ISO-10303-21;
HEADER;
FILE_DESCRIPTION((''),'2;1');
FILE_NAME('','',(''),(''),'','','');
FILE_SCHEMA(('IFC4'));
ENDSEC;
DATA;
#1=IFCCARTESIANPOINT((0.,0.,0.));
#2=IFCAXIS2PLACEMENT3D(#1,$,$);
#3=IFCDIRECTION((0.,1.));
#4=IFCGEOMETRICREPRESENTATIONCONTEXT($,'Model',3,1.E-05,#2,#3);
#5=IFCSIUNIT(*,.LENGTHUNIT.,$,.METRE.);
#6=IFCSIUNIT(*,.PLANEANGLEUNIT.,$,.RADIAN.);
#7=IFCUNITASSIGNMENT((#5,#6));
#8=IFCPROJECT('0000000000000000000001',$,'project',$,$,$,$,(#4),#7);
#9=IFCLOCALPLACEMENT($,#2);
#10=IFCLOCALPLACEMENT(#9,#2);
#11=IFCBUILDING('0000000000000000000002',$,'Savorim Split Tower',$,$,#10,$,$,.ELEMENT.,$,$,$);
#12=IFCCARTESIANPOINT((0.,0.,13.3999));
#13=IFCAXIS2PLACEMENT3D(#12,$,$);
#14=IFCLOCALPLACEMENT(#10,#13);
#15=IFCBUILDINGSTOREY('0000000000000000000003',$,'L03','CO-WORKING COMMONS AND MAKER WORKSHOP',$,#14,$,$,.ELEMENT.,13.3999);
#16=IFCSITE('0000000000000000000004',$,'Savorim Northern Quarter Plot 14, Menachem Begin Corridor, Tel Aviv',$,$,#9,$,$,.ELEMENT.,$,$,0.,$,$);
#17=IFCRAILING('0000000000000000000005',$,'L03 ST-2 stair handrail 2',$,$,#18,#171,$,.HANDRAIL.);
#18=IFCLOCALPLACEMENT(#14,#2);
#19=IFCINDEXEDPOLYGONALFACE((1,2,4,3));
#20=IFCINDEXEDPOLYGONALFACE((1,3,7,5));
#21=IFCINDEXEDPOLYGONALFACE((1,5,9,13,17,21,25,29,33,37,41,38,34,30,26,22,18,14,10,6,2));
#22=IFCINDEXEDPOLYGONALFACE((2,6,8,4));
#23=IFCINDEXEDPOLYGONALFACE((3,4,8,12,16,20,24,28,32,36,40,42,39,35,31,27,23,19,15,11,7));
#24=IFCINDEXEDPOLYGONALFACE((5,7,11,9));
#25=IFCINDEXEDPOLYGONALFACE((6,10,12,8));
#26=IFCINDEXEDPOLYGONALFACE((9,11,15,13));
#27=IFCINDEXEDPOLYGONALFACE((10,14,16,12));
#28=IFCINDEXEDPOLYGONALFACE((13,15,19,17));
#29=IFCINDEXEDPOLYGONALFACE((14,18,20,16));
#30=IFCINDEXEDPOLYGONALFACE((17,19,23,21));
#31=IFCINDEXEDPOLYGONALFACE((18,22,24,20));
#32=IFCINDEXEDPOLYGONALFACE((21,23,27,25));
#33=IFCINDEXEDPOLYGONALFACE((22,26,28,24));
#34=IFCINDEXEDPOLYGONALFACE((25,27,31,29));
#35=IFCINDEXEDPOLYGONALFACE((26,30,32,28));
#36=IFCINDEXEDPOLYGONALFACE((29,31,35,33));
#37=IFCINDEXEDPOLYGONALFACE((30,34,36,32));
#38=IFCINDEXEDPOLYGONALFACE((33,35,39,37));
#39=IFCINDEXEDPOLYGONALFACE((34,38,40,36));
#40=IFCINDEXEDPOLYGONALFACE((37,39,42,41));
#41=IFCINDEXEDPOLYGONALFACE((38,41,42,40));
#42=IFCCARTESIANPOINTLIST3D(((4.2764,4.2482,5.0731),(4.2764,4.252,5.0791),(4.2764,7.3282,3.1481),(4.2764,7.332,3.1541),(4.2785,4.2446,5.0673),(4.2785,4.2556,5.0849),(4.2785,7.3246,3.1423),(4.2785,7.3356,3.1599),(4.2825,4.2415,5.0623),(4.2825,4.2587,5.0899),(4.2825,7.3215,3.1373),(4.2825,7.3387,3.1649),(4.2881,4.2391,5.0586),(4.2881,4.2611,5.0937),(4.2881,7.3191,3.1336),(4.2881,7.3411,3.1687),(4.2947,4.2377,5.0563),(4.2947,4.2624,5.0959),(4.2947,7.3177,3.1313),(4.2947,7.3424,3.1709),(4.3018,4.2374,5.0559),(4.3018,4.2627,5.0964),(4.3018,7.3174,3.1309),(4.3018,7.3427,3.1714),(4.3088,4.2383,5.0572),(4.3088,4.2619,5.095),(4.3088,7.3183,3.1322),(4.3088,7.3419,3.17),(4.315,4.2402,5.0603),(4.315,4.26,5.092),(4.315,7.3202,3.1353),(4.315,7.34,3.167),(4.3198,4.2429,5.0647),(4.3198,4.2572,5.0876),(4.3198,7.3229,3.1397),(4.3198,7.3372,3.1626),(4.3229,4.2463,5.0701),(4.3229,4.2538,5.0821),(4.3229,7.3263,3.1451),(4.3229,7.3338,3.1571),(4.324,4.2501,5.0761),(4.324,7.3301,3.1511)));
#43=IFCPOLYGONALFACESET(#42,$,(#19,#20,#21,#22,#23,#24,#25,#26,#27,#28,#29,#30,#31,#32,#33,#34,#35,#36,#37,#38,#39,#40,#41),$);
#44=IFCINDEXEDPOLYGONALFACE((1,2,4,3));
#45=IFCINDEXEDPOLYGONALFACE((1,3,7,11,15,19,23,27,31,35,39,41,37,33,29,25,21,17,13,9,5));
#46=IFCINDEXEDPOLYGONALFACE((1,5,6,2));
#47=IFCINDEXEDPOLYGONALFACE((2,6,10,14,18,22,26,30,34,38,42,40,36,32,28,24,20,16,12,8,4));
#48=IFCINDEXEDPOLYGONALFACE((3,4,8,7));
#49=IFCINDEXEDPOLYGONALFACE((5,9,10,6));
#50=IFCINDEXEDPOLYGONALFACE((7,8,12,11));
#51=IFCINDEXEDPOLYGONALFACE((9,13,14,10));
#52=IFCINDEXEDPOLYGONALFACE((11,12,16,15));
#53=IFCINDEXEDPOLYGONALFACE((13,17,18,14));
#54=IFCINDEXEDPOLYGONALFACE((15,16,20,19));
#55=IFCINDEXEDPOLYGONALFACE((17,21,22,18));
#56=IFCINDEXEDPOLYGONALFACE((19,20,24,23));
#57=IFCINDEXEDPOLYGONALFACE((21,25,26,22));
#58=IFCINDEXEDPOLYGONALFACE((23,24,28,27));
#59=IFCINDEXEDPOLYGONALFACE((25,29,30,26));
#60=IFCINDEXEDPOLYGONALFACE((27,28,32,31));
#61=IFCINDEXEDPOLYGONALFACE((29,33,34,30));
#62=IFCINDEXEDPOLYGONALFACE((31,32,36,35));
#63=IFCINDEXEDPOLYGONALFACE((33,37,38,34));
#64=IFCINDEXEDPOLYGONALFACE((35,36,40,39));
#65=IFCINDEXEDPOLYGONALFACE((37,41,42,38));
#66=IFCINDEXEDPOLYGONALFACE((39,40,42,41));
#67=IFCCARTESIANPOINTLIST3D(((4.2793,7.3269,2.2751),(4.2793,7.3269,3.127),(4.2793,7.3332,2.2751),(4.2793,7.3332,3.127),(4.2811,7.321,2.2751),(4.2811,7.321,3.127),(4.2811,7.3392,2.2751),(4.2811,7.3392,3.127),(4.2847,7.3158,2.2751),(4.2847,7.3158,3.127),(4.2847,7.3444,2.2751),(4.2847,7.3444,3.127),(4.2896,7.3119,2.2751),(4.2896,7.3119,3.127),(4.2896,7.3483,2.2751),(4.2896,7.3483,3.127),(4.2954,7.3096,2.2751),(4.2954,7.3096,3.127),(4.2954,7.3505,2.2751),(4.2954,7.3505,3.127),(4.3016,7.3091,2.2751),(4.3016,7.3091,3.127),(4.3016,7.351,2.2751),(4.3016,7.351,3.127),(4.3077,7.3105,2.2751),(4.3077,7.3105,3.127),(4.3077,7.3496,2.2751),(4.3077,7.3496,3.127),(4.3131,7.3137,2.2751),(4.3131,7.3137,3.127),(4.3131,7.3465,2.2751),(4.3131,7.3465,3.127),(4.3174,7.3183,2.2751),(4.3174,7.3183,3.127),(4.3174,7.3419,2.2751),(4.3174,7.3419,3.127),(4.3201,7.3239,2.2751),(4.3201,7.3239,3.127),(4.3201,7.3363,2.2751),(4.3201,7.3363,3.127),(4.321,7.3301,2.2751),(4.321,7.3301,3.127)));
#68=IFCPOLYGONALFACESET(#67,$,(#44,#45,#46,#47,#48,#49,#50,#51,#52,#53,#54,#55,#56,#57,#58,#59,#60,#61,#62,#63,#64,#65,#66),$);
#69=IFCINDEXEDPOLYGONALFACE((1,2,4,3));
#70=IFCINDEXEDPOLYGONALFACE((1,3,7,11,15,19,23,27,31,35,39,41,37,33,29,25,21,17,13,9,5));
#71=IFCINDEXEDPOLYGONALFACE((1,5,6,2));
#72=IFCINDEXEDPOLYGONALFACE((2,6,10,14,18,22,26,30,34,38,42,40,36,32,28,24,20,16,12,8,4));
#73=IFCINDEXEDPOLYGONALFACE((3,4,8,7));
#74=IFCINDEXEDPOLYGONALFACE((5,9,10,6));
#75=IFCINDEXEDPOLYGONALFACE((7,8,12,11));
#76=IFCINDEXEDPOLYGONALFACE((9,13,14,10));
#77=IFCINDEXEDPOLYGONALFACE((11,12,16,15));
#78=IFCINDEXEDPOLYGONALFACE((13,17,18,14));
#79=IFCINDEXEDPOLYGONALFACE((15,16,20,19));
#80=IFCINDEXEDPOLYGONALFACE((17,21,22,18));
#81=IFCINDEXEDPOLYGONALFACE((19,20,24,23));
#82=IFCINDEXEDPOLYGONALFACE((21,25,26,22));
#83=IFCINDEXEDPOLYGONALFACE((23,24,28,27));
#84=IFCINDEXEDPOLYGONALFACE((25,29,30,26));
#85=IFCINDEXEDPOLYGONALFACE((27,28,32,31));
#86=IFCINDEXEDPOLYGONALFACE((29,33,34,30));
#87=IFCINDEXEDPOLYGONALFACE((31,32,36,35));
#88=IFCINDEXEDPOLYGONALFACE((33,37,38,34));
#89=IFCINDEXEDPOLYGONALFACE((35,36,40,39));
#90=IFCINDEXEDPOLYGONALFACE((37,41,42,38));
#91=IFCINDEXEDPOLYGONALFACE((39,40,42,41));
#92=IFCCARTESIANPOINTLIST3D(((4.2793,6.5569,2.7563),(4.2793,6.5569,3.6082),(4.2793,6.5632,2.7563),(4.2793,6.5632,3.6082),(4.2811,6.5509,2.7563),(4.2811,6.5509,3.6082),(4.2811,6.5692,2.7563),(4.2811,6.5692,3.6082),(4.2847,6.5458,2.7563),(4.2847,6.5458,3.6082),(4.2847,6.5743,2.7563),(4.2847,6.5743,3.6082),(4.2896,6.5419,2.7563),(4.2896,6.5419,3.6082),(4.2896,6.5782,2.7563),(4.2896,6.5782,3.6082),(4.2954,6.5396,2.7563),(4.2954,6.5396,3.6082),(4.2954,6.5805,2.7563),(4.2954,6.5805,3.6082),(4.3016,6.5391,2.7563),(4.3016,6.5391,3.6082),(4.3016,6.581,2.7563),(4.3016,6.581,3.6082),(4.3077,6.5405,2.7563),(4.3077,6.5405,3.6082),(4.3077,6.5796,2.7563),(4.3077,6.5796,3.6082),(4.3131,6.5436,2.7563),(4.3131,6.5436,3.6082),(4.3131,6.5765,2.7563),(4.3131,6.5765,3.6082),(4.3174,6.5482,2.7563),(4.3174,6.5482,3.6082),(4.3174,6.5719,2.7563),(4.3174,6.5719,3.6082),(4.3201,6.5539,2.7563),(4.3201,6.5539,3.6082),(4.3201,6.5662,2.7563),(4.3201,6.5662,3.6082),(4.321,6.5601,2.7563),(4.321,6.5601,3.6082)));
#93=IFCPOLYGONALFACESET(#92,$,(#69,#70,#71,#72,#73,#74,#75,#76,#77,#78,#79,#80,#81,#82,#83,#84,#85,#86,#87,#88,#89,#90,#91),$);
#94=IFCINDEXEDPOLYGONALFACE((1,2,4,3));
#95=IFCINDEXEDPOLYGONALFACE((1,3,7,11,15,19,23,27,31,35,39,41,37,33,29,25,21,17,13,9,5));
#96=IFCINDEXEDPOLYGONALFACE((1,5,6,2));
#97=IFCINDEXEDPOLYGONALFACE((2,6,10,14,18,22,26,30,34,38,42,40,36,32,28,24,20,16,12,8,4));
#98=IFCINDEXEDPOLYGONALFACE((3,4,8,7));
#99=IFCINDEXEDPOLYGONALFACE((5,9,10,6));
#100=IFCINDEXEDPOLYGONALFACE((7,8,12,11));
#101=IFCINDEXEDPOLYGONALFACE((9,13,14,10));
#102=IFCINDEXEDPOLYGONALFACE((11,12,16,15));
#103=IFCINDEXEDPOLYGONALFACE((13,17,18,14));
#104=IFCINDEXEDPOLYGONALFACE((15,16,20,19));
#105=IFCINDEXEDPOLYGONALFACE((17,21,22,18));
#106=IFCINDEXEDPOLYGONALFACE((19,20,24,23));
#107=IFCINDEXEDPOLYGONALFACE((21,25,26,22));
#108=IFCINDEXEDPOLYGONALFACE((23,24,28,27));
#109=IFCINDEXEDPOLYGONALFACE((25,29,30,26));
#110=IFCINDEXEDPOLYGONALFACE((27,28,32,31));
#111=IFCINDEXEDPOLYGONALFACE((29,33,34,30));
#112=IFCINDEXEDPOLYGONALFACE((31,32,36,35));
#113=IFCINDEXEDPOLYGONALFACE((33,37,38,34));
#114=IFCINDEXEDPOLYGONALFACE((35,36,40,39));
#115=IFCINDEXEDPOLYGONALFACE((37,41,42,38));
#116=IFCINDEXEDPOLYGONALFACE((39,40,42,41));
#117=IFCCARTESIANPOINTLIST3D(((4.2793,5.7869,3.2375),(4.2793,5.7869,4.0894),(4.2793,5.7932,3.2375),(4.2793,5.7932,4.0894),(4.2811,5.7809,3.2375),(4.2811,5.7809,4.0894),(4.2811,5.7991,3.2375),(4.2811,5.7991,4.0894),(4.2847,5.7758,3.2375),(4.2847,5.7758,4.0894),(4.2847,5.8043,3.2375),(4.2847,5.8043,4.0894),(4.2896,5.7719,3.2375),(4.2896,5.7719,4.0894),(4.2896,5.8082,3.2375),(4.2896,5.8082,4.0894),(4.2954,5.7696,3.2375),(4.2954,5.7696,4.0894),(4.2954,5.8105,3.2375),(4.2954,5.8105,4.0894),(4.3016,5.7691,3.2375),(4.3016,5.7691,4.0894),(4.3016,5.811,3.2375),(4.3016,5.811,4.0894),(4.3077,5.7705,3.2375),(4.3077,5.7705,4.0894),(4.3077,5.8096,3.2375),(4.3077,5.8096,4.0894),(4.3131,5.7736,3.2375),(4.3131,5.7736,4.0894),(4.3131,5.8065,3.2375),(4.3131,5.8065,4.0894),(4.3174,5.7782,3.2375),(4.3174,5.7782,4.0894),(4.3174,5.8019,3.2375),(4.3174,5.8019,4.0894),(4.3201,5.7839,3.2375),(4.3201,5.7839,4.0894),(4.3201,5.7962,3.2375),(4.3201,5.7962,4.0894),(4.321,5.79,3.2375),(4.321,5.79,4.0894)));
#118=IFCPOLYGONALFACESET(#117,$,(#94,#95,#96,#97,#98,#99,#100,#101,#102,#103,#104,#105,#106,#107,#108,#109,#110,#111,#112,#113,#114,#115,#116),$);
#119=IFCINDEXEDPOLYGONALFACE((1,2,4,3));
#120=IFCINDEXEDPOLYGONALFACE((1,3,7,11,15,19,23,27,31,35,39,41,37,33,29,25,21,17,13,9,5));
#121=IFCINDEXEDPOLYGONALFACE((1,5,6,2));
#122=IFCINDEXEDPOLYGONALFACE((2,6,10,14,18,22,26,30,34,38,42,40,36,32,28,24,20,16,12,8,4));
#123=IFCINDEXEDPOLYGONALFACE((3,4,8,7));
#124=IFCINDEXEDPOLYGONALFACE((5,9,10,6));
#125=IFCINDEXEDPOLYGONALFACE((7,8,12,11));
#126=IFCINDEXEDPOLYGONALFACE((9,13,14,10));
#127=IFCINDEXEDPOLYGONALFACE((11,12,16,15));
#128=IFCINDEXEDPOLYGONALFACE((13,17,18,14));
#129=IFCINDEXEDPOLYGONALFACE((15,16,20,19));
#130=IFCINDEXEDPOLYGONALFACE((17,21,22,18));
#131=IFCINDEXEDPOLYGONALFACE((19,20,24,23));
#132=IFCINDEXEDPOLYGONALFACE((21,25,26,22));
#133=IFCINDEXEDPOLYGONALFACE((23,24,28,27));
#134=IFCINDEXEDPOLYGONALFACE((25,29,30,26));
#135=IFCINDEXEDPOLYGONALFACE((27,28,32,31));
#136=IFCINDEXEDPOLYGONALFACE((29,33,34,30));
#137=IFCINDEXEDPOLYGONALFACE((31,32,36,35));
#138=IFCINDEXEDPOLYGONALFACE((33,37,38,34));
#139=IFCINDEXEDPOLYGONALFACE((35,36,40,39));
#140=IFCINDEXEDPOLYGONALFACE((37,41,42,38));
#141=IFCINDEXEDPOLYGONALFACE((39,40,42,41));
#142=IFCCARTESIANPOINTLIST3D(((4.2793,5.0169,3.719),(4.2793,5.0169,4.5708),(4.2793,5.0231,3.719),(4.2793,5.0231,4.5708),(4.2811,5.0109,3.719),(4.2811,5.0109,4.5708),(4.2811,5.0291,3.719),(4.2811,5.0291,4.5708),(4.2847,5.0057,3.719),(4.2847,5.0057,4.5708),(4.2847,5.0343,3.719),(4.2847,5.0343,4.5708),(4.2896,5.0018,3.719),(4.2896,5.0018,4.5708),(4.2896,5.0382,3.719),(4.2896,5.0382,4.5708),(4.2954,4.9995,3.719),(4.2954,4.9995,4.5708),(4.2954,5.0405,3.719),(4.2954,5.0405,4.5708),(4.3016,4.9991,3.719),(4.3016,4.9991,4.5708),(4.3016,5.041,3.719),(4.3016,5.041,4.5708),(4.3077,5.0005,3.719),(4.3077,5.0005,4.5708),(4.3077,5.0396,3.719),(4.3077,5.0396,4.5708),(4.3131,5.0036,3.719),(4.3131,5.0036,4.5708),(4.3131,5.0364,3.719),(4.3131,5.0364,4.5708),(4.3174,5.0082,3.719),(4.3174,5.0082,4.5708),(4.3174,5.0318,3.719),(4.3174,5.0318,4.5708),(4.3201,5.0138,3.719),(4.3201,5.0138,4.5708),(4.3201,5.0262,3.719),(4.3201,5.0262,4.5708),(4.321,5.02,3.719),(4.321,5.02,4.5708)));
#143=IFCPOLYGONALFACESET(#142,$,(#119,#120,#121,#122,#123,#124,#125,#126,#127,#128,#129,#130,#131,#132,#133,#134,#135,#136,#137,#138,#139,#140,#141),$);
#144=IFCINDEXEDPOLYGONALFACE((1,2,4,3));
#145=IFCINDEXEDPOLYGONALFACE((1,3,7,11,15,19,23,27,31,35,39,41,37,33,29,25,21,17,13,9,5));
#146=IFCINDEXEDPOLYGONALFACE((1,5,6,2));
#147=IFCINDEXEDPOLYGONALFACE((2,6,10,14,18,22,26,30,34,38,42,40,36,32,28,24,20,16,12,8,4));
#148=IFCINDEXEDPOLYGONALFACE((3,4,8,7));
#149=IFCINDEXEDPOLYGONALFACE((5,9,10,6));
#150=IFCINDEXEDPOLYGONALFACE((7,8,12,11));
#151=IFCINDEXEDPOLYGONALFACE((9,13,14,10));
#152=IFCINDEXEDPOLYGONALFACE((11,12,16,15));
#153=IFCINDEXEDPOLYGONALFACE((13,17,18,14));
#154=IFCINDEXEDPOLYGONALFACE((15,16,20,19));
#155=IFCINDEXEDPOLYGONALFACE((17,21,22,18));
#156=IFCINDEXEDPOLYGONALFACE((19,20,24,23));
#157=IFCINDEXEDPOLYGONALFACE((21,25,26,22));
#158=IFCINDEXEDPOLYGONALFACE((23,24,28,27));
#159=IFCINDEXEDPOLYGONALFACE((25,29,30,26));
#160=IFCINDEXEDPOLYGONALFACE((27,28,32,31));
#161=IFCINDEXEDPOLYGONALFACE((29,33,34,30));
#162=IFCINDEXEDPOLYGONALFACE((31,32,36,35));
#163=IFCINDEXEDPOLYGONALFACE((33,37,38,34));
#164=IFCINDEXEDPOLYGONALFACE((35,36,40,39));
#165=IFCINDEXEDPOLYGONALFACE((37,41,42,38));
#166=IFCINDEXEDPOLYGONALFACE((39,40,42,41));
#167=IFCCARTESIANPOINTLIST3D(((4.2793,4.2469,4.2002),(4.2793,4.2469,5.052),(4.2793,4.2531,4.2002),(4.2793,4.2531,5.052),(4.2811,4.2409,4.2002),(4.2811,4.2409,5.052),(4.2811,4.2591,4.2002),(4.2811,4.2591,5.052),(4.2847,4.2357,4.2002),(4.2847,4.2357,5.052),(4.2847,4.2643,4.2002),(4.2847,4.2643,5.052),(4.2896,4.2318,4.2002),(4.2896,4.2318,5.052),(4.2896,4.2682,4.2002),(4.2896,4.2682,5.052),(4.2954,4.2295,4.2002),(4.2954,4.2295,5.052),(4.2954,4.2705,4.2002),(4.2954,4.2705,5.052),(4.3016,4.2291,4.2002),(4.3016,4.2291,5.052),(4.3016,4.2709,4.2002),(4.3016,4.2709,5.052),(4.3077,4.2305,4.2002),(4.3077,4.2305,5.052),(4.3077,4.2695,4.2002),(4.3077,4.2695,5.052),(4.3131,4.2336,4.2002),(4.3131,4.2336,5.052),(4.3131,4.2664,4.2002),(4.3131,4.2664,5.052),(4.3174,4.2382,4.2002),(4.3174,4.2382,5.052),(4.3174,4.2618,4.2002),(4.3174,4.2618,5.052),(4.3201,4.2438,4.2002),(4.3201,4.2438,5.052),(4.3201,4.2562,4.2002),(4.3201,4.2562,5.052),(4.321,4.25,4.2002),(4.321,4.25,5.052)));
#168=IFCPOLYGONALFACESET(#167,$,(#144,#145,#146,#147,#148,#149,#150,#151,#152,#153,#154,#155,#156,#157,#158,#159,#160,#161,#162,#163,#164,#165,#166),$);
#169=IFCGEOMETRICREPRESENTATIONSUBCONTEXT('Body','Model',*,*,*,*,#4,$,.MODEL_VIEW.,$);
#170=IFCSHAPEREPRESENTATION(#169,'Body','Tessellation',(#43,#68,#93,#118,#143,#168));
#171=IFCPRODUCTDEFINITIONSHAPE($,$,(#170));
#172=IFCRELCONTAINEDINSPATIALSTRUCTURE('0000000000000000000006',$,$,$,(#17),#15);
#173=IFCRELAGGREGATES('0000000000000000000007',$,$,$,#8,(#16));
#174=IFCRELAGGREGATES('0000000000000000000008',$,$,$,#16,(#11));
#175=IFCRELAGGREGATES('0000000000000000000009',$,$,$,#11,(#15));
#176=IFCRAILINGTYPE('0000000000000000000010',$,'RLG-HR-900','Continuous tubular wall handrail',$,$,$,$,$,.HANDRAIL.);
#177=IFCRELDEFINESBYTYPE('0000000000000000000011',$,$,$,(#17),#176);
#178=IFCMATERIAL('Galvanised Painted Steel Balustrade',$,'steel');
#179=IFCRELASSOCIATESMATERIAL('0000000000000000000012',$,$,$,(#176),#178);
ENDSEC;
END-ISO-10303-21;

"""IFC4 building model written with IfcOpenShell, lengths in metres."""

from ifc_helpers import new_model, si_unit, direction, frame, origin, origin_2d, place, context, subcontext, project, spatial, circle, extrude, material, type_object, element, save


model = new_model("IFC4")

# Units and contexts
model_context = context("Model", 3, precision=1e-05, world=origin(), true_north=direction((0.0, 1.0)))
body_context = subcontext(model_context, "Body", "Model", "MODEL_VIEW")
ifc_project = project(units=[si_unit("LENGTHUNIT", "METRE"), si_unit("PLANEANGLEUNIT", "RADIAN")], contexts=[model_context])

# Site, building, storey
site_placement = place(None, origin())
site = spatial("IfcSite", under=ifc_project, at=site_placement, Name="Savorim Northern Quarter Plot 14, Menachem Begin Corridor, Tel Aviv", CompositionType="ELEMENT", RefElevation=0.0)
building_placement = place(site_placement, origin())
building = spatial("IfcBuilding", under=site, at=building_placement, Name="Savorim Split Tower", CompositionType="ELEMENT")
storey_placement = place(building_placement, frame((0.0, 0.0, 13.3999)))
storey = spatial("IfcBuildingStorey", under=building, at=storey_placement, Name="L03", Description="CO-WORKING COMMONS AND MAKER WORKSHOP", CompositionType="ELEMENT", Elevation=13.3999)

# Railing
ifc_material_1 = material(Name="Galvanised Painted Steel Balustrade", Category="steel")
railing_type_1 = type_object("IfcRailingType", Name="RLG-HR-900", Description="Continuous tubular wall handrail", PredefinedType="HANDRAIL", material=ifc_material_1)
railing_1_placement = place(storey_placement, frame((4.3, 7.3301, 2.2751)))
element("IfcRailing", 1, at=railing_1_placement, inside=storey, type_object=railing_type_1, Name="L03 ST-2 stair handrail 2", PredefinedType="HANDRAIL", context=body_context, shape_type="SweptSolid", body=[
    extrude(circle(Radius=0.0239, at=origin_2d()), frame((0.0, 0.0, 0.876), z_axis=(0.0, -0.847998, 0.529999), x_axis=(1.0, 0.0, 0.0)), (0.0, 0.0, 1.0), 3.6321),
    extrude(circle(Radius=0.021, at=origin_2d()), origin(), (0.0, 0.0, 1.0), 0.8518),
    extrude(circle(Radius=0.021, at=origin_2d()), frame((0.0, -0.77, 0.4812)), (0.0, 0.0, 1.0), 0.8518),
    extrude(circle(Radius=0.021, at=origin_2d()), frame((0.0, -1.54, 0.9624)), (0.0, 0.0, 1.0), 0.8518),
    extrude(circle(Radius=0.021, at=origin_2d()), frame((0.0, -2.3101, 1.4438)), (0.0, 0.0, 1.0), 0.8518),
    extrude(circle(Radius=0.021, at=origin_2d()), frame((0.0, -3.0801, 1.925)), (0.0, 0.0, 1.0), 0.8518),
])

save(model, "model.ifc")
